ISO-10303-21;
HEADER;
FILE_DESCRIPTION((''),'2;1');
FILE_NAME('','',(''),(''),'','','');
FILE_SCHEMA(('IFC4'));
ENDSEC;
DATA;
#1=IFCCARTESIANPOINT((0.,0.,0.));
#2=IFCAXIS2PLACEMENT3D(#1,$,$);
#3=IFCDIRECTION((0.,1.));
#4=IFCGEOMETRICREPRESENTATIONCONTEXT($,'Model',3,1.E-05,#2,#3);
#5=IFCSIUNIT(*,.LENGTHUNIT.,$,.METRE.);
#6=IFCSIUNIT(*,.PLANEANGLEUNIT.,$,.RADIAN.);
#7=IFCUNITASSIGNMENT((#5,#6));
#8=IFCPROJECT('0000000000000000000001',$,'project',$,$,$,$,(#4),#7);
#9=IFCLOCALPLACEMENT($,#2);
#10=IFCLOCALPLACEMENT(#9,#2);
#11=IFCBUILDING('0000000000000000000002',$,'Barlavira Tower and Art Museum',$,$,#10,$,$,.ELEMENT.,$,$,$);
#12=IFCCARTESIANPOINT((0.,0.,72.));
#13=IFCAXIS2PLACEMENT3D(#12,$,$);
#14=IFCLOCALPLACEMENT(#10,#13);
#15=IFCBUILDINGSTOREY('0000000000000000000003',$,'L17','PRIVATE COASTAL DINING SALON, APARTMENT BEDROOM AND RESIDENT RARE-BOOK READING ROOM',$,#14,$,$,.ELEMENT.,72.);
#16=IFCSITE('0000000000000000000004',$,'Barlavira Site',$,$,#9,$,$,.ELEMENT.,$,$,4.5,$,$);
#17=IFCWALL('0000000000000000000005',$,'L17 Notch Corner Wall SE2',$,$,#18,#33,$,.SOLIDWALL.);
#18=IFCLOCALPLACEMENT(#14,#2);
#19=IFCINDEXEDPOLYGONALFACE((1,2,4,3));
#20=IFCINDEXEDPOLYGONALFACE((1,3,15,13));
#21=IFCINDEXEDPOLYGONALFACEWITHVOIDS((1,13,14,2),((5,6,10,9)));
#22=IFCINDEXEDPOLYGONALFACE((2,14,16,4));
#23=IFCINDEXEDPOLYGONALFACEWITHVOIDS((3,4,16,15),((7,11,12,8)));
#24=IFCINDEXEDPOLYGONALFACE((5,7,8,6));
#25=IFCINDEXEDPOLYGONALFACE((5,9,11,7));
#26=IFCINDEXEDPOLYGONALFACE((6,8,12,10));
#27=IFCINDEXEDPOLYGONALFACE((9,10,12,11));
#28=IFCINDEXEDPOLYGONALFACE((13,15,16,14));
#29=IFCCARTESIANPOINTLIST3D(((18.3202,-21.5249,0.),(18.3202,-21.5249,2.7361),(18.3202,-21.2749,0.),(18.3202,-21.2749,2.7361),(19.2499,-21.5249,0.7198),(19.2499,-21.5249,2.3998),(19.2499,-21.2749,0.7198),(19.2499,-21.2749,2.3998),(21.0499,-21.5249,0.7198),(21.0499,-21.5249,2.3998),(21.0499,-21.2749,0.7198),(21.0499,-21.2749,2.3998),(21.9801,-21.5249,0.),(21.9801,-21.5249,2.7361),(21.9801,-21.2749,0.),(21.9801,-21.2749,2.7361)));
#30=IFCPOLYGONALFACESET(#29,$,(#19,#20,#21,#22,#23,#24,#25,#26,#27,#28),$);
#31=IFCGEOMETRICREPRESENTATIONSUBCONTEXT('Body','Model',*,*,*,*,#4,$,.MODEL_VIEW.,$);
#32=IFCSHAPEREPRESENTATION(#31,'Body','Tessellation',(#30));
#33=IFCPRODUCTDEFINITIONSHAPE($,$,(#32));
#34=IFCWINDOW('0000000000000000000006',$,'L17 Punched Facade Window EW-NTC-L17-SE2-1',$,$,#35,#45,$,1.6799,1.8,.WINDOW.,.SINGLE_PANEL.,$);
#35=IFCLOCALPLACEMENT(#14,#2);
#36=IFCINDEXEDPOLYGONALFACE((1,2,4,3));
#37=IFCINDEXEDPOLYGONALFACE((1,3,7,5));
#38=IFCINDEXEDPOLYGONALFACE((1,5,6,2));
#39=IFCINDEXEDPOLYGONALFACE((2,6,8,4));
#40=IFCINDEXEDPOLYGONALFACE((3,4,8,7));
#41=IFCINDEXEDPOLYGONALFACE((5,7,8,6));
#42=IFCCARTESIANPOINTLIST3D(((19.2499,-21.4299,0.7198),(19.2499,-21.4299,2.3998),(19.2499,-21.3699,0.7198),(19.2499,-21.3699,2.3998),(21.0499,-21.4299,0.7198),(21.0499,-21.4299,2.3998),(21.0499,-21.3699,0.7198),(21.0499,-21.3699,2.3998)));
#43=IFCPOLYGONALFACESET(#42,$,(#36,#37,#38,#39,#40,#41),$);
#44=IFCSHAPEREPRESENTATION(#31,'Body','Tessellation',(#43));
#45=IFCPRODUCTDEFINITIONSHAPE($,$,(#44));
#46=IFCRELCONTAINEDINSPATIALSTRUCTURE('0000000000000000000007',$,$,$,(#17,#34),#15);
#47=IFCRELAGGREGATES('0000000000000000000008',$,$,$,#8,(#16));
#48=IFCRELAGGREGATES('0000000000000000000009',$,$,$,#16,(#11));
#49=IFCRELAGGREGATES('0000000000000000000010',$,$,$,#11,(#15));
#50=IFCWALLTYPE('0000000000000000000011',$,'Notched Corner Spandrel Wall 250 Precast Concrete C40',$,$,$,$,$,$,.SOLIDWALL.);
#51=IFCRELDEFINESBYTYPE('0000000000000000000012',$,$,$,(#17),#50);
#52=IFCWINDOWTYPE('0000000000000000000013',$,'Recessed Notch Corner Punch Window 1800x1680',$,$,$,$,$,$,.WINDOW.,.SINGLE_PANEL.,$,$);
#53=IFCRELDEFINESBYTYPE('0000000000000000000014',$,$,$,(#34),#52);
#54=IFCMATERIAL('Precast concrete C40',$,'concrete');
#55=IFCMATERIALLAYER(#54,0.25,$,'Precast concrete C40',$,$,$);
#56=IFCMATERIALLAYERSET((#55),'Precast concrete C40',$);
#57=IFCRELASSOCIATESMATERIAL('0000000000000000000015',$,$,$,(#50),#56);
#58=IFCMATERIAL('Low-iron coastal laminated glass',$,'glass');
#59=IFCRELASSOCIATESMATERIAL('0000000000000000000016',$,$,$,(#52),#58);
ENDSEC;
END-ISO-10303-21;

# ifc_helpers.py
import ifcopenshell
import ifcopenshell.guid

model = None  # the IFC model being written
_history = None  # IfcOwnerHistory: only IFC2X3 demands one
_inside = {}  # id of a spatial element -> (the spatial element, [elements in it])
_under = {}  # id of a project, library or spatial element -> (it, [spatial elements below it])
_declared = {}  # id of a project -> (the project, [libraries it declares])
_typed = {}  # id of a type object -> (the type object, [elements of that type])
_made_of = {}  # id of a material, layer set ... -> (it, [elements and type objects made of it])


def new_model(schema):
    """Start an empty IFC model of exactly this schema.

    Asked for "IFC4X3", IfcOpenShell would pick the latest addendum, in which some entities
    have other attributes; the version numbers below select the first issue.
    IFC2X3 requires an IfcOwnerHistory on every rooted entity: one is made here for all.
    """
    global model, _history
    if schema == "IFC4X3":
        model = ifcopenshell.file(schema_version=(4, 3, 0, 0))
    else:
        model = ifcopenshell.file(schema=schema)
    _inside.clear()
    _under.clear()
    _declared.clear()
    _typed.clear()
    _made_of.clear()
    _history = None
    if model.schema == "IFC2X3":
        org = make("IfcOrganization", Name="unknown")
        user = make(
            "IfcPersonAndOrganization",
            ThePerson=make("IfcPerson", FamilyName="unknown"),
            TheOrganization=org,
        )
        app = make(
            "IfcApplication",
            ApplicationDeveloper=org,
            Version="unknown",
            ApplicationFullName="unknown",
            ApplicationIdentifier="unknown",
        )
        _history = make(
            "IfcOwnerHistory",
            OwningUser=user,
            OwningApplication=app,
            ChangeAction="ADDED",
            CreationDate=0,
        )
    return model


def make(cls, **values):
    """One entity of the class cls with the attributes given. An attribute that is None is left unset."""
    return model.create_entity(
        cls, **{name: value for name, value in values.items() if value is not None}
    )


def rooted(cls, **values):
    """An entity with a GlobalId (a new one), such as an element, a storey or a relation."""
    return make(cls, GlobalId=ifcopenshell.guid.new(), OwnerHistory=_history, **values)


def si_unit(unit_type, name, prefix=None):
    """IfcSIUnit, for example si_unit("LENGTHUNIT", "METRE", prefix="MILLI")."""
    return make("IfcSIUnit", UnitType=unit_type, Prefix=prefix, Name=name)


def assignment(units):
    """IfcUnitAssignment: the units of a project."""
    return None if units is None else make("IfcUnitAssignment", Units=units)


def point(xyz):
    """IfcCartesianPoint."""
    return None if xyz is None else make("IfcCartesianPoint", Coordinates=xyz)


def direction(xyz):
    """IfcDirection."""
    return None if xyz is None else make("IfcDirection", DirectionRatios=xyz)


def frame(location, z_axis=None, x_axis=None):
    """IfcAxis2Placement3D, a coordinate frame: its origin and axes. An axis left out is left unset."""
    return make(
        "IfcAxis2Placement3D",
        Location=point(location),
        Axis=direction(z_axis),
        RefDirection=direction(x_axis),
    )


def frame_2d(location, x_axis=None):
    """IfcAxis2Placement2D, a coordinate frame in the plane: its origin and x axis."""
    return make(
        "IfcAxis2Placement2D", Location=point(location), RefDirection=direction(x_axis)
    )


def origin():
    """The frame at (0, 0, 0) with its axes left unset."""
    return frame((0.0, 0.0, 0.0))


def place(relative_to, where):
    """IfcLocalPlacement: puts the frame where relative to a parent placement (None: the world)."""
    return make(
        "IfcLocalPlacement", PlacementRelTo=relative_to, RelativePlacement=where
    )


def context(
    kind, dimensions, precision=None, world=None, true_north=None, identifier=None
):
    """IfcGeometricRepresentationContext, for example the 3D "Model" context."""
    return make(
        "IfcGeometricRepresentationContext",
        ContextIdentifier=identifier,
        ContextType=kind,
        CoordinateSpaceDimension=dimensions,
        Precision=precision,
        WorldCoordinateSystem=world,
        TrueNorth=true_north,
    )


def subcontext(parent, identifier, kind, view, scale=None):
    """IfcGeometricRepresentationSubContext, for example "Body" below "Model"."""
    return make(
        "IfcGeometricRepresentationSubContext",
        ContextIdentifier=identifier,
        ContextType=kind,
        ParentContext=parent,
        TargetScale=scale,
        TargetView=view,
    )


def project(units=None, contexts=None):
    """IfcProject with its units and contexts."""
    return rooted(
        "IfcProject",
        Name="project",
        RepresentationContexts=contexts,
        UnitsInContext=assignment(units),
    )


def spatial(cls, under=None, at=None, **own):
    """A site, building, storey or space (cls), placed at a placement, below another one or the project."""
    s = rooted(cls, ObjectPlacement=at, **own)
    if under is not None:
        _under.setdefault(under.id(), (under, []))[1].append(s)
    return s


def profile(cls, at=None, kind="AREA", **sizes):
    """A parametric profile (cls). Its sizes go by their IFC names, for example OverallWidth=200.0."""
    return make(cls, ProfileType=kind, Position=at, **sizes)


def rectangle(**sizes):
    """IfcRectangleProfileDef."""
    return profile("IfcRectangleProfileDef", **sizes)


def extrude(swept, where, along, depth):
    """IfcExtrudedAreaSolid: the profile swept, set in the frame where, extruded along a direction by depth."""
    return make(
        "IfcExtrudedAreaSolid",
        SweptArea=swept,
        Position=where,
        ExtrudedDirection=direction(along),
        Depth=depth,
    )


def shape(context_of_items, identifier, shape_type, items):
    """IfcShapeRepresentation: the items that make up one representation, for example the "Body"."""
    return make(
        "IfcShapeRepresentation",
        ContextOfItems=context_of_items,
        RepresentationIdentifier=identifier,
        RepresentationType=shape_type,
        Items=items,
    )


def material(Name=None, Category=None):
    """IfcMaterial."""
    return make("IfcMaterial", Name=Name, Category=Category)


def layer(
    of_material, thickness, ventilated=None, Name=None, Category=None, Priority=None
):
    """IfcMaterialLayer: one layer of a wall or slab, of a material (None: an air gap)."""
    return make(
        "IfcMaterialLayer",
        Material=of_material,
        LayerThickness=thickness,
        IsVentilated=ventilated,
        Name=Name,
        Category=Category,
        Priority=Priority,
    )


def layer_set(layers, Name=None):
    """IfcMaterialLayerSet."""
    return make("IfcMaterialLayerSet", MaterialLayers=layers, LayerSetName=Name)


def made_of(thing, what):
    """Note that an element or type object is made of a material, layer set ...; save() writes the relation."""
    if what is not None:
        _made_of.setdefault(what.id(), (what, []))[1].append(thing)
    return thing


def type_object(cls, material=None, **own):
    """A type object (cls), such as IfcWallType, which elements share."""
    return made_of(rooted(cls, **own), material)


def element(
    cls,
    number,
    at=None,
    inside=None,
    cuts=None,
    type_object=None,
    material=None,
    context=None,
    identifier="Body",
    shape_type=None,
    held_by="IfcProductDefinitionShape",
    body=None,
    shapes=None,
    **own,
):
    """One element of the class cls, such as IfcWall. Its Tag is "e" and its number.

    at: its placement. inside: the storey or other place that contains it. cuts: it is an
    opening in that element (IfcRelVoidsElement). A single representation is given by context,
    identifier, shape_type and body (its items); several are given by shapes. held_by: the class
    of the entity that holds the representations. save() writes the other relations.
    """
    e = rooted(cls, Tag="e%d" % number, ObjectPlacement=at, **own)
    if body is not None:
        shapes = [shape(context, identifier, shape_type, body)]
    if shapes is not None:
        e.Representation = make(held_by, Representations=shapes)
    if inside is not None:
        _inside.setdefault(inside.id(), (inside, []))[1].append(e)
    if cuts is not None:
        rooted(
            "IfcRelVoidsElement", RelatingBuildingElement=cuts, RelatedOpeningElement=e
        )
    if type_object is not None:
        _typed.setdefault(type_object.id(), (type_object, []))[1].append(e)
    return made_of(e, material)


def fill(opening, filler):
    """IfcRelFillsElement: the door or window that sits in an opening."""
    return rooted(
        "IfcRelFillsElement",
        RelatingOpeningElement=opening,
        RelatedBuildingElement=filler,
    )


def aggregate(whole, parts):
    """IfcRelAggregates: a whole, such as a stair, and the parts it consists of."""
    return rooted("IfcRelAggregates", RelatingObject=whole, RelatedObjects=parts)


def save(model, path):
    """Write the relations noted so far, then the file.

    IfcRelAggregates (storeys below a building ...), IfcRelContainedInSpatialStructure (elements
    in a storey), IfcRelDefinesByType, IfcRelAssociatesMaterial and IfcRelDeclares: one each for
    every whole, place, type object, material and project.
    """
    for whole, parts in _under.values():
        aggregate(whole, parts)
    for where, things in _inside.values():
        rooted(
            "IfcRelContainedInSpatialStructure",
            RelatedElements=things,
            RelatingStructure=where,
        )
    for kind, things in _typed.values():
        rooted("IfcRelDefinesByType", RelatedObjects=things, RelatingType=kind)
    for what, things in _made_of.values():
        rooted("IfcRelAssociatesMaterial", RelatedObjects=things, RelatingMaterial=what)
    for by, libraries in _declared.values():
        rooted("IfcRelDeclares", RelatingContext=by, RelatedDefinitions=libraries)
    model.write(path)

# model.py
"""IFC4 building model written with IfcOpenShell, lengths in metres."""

from ifc_helpers import new_model, si_unit, direction, frame, frame_2d, origin, place, context, subcontext, project, spatial, rectangle, extrude, material, layer, layer_set, type_object, element, fill, save


model = new_model("IFC4")

# Units and contexts
model_context = context("Model", 3, precision=1e-05, world=origin(), true_north=direction((0.0, 1.0)))
body_context = subcontext(model_context, "Body", "Model", "MODEL_VIEW")
ifc_project = project(units=[si_unit("LENGTHUNIT", "METRE"), si_unit("PLANEANGLEUNIT", "RADIAN")], contexts=[model_context])

# Site, building, storey
site_placement = place(None, origin())
site = spatial("IfcSite", under=ifc_project, at=site_placement, Name="Barlavira Site", CompositionType="ELEMENT", RefElevation=4.5)
building_placement = place(site_placement, origin())
building = spatial("IfcBuilding", under=site, at=building_placement, Name="Barlavira Tower and Art Museum", CompositionType="ELEMENT")
storey_placement = place(building_placement, frame((0.0, 0.0, 72.0)))
storey = spatial("IfcBuildingStorey", under=building, at=storey_placement, Name="L17", Description="PRIVATE COASTAL DINING SALON, APARTMENT BEDROOM AND RESIDENT RARE-BOOK READING ROOM", CompositionType="ELEMENT", Elevation=72.0)

# Shared definitions
ifc_material_1 = material(Name="Precast concrete C40", Category="concrete")
ifc_layer_1 = layer(ifc_material_1, 0.25, Name="Precast concrete C40")
ifc_layer_set_1 = layer_set([ifc_layer_1], Name="Precast concrete C40")
wall_type_1 = type_object("IfcWallType", Name="Notched Corner Spandrel Wall 250 Precast Concrete C40", PredefinedType="SOLIDWALL", material=ifc_layer_set_1)
ifc_material_2 = material(Name="Low-iron coastal laminated glass", Category="glass")
window_type = type_object("IfcWindowType", Name="Recessed Notch Corner Punch Window 1800x1680", PartitioningType="SINGLE_PANEL", PredefinedType="WINDOW", material=ifc_material_2)

# Wall, opening, window
wall_1_placement = place(storey_placement, frame((18.3201, -21.3999, 0.0), z_axis=(0.0, 0.0, 1.0), x_axis=(1.0, 0.0, 0.0)))
wall_1 = element("IfcWall", 1, at=wall_1_placement, inside=storey, type_object=wall_type_1, Name="L17 Notch Corner Wall SE2", PredefinedType="SOLIDWALL", context=body_context, shape_type="SweptSolid", body=[
    extrude(rectangle(XDim=3.6599, YDim=0.25, at=frame_2d((1.8301, 0.0))), origin(), (0.0, 0.0, 1.0), 2.7361),
])
opening_1_placement = place(wall_1_placement, frame((0.9299, 0.0, 0.72)))
opening_1 = element("IfcOpeningElement", 2, at=opening_1_placement, cuts=wall_1, PredefinedType="OPENING", context=body_context, shape_type="SweptSolid", body=[
    extrude(rectangle(XDim=1.8, YDim=1.6799, at=frame_2d((0.8999, 0.8398))), frame((0.0, 0.135, 0.0), z_axis=(0.0, -1.0, 0.0), x_axis=(1.0, 0.0, 0.0)), (0.0, 0.0, 1.0), 0.27),
])
window_1_placement = place(opening_1_placement, origin())
window_1 = element("IfcWindow", 3, at=window_1_placement, inside=storey, type_object=window_type, Name="L17 Punched Facade Window EW-NTC-L17-SE2-1", OverallHeight=1.6799, OverallWidth=1.8, PartitioningType="SINGLE_PANEL", PredefinedType="WINDOW", context=body_context, shape_type="SweptSolid", body=[
    extrude(rectangle(XDim=1.8, YDim=1.6799, at=frame_2d((0.8999, 0.8398))), frame((0.0, 0.03, 0.0), z_axis=(0.0, -1.0, 0.0), x_axis=(1.0, 0.0, 0.0)), (0.0, 0.0, 1.0), 0.0601),
])
fill(opening_1, window_1)

save(model, "model.ifc")
